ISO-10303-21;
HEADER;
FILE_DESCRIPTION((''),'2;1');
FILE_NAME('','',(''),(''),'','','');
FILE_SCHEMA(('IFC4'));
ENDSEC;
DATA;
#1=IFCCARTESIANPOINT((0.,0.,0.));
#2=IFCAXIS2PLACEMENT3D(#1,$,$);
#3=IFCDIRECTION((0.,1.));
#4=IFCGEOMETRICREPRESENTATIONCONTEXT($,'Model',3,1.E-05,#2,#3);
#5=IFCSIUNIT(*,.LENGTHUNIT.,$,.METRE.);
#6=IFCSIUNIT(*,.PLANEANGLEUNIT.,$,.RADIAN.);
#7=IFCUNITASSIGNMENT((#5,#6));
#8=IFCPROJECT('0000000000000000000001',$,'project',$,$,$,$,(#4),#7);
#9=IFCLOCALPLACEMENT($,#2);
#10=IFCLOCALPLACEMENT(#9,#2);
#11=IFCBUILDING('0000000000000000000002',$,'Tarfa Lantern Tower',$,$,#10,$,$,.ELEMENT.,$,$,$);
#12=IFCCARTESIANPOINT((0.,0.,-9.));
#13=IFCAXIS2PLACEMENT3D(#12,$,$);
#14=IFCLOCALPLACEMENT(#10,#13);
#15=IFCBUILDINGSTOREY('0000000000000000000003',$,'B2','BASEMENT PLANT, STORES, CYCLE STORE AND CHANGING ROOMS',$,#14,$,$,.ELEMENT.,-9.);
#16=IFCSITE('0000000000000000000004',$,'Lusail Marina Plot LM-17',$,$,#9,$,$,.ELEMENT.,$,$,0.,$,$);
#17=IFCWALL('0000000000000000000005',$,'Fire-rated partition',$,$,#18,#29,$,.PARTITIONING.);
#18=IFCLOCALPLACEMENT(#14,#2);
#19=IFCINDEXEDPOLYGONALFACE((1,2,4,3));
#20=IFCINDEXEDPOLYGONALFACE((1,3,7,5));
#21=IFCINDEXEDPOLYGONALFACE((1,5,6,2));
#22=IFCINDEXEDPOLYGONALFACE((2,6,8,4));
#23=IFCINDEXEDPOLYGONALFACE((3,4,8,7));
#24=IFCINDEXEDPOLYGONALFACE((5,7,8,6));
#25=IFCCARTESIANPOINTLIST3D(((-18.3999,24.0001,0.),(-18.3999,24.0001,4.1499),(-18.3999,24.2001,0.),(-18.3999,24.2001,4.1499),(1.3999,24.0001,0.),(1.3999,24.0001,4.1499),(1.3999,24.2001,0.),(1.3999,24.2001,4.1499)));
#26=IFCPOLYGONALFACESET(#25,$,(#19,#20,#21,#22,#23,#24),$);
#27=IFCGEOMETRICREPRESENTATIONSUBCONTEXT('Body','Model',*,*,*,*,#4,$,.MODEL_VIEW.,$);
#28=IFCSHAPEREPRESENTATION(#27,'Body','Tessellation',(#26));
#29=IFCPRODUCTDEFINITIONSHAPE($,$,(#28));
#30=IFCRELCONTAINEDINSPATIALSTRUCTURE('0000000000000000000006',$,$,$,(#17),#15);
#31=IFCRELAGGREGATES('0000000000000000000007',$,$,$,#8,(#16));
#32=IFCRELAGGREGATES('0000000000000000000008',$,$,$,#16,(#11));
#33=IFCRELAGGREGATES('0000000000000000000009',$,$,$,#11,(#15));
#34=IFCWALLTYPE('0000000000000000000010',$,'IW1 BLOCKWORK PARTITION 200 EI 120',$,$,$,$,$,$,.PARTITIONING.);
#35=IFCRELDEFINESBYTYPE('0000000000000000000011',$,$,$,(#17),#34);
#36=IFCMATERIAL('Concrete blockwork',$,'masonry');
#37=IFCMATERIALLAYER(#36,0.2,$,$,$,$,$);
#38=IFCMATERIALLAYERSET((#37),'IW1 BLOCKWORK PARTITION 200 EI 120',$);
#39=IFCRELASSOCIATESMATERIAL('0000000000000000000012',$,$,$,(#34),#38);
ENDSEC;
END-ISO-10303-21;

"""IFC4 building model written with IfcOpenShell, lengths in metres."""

from ifc_helpers import new_model, si_unit, direction, frame, frame_2d, origin, place, context, subcontext, project, spatial, rectangle, extrude, material, layer, layer_set, type_object, element, save


model = new_model("IFC4")

# Units and contexts
model_context = context("Model", 3, precision=1e-05, world=origin(), true_north=direction((0.0, 1.0)))
body_context = subcontext(model_context, "Body", "Model", "MODEL_VIEW")
ifc_project = project(units=[si_unit("LENGTHUNIT", "METRE"), si_unit("PLANEANGLEUNIT", "RADIAN")], contexts=[model_context])

# Site, building, storey
site_placement = place(None, origin())
site = spatial("IfcSite", under=ifc_project, at=site_placement, Name="Lusail Marina Plot LM-17", CompositionType="ELEMENT", RefElevation=0.0)
building_placement = place(site_placement, origin())
building = spatial("IfcBuilding", under=site, at=building_placement, Name="Tarfa Lantern Tower", CompositionType="ELEMENT")
storey_placement = place(building_placement, frame((0.0, 0.0, -9.0)))
storey = spatial("IfcBuildingStorey", under=building, at=storey_placement, Name="B2", Description="BASEMENT PLANT, STORES, CYCLE STORE AND CHANGING ROOMS", CompositionType="ELEMENT", Elevation=-9.0)

# Wall
ifc_material_1 = material(Name="Concrete blockwork", Category="masonry")
ifc_layer = layer(ifc_material_1, 0.2)
ifc_layer_set = layer_set([ifc_layer], Name="IW1 BLOCKWORK PARTITION 200 EI 120")
wall_type = type_object("IfcWallType", Name="IW1 BLOCKWORK PARTITION 200 EI 120", PredefinedType="PARTITIONING", material=ifc_layer_set)
wall_placement = place(storey_placement, frame((-18.3999, 24.1001, 0.0), z_axis=(0.0, 0.0, 1.0), x_axis=(1.0, 0.0, 0.0)))
element("IfcWall", 1, at=wall_placement, inside=storey, type_object=wall_type, Name="Fire-rated partition", PredefinedType="PARTITIONING", context=body_context, shape_type="SweptSolid", body=[
    extrude(rectangle(XDim=19.7998, YDim=0.2, at=frame_2d((9.8999, 0.0))), origin(), (0.0, 0.0, 1.0), 4.1499),
])

save(model, "model.ifc")
